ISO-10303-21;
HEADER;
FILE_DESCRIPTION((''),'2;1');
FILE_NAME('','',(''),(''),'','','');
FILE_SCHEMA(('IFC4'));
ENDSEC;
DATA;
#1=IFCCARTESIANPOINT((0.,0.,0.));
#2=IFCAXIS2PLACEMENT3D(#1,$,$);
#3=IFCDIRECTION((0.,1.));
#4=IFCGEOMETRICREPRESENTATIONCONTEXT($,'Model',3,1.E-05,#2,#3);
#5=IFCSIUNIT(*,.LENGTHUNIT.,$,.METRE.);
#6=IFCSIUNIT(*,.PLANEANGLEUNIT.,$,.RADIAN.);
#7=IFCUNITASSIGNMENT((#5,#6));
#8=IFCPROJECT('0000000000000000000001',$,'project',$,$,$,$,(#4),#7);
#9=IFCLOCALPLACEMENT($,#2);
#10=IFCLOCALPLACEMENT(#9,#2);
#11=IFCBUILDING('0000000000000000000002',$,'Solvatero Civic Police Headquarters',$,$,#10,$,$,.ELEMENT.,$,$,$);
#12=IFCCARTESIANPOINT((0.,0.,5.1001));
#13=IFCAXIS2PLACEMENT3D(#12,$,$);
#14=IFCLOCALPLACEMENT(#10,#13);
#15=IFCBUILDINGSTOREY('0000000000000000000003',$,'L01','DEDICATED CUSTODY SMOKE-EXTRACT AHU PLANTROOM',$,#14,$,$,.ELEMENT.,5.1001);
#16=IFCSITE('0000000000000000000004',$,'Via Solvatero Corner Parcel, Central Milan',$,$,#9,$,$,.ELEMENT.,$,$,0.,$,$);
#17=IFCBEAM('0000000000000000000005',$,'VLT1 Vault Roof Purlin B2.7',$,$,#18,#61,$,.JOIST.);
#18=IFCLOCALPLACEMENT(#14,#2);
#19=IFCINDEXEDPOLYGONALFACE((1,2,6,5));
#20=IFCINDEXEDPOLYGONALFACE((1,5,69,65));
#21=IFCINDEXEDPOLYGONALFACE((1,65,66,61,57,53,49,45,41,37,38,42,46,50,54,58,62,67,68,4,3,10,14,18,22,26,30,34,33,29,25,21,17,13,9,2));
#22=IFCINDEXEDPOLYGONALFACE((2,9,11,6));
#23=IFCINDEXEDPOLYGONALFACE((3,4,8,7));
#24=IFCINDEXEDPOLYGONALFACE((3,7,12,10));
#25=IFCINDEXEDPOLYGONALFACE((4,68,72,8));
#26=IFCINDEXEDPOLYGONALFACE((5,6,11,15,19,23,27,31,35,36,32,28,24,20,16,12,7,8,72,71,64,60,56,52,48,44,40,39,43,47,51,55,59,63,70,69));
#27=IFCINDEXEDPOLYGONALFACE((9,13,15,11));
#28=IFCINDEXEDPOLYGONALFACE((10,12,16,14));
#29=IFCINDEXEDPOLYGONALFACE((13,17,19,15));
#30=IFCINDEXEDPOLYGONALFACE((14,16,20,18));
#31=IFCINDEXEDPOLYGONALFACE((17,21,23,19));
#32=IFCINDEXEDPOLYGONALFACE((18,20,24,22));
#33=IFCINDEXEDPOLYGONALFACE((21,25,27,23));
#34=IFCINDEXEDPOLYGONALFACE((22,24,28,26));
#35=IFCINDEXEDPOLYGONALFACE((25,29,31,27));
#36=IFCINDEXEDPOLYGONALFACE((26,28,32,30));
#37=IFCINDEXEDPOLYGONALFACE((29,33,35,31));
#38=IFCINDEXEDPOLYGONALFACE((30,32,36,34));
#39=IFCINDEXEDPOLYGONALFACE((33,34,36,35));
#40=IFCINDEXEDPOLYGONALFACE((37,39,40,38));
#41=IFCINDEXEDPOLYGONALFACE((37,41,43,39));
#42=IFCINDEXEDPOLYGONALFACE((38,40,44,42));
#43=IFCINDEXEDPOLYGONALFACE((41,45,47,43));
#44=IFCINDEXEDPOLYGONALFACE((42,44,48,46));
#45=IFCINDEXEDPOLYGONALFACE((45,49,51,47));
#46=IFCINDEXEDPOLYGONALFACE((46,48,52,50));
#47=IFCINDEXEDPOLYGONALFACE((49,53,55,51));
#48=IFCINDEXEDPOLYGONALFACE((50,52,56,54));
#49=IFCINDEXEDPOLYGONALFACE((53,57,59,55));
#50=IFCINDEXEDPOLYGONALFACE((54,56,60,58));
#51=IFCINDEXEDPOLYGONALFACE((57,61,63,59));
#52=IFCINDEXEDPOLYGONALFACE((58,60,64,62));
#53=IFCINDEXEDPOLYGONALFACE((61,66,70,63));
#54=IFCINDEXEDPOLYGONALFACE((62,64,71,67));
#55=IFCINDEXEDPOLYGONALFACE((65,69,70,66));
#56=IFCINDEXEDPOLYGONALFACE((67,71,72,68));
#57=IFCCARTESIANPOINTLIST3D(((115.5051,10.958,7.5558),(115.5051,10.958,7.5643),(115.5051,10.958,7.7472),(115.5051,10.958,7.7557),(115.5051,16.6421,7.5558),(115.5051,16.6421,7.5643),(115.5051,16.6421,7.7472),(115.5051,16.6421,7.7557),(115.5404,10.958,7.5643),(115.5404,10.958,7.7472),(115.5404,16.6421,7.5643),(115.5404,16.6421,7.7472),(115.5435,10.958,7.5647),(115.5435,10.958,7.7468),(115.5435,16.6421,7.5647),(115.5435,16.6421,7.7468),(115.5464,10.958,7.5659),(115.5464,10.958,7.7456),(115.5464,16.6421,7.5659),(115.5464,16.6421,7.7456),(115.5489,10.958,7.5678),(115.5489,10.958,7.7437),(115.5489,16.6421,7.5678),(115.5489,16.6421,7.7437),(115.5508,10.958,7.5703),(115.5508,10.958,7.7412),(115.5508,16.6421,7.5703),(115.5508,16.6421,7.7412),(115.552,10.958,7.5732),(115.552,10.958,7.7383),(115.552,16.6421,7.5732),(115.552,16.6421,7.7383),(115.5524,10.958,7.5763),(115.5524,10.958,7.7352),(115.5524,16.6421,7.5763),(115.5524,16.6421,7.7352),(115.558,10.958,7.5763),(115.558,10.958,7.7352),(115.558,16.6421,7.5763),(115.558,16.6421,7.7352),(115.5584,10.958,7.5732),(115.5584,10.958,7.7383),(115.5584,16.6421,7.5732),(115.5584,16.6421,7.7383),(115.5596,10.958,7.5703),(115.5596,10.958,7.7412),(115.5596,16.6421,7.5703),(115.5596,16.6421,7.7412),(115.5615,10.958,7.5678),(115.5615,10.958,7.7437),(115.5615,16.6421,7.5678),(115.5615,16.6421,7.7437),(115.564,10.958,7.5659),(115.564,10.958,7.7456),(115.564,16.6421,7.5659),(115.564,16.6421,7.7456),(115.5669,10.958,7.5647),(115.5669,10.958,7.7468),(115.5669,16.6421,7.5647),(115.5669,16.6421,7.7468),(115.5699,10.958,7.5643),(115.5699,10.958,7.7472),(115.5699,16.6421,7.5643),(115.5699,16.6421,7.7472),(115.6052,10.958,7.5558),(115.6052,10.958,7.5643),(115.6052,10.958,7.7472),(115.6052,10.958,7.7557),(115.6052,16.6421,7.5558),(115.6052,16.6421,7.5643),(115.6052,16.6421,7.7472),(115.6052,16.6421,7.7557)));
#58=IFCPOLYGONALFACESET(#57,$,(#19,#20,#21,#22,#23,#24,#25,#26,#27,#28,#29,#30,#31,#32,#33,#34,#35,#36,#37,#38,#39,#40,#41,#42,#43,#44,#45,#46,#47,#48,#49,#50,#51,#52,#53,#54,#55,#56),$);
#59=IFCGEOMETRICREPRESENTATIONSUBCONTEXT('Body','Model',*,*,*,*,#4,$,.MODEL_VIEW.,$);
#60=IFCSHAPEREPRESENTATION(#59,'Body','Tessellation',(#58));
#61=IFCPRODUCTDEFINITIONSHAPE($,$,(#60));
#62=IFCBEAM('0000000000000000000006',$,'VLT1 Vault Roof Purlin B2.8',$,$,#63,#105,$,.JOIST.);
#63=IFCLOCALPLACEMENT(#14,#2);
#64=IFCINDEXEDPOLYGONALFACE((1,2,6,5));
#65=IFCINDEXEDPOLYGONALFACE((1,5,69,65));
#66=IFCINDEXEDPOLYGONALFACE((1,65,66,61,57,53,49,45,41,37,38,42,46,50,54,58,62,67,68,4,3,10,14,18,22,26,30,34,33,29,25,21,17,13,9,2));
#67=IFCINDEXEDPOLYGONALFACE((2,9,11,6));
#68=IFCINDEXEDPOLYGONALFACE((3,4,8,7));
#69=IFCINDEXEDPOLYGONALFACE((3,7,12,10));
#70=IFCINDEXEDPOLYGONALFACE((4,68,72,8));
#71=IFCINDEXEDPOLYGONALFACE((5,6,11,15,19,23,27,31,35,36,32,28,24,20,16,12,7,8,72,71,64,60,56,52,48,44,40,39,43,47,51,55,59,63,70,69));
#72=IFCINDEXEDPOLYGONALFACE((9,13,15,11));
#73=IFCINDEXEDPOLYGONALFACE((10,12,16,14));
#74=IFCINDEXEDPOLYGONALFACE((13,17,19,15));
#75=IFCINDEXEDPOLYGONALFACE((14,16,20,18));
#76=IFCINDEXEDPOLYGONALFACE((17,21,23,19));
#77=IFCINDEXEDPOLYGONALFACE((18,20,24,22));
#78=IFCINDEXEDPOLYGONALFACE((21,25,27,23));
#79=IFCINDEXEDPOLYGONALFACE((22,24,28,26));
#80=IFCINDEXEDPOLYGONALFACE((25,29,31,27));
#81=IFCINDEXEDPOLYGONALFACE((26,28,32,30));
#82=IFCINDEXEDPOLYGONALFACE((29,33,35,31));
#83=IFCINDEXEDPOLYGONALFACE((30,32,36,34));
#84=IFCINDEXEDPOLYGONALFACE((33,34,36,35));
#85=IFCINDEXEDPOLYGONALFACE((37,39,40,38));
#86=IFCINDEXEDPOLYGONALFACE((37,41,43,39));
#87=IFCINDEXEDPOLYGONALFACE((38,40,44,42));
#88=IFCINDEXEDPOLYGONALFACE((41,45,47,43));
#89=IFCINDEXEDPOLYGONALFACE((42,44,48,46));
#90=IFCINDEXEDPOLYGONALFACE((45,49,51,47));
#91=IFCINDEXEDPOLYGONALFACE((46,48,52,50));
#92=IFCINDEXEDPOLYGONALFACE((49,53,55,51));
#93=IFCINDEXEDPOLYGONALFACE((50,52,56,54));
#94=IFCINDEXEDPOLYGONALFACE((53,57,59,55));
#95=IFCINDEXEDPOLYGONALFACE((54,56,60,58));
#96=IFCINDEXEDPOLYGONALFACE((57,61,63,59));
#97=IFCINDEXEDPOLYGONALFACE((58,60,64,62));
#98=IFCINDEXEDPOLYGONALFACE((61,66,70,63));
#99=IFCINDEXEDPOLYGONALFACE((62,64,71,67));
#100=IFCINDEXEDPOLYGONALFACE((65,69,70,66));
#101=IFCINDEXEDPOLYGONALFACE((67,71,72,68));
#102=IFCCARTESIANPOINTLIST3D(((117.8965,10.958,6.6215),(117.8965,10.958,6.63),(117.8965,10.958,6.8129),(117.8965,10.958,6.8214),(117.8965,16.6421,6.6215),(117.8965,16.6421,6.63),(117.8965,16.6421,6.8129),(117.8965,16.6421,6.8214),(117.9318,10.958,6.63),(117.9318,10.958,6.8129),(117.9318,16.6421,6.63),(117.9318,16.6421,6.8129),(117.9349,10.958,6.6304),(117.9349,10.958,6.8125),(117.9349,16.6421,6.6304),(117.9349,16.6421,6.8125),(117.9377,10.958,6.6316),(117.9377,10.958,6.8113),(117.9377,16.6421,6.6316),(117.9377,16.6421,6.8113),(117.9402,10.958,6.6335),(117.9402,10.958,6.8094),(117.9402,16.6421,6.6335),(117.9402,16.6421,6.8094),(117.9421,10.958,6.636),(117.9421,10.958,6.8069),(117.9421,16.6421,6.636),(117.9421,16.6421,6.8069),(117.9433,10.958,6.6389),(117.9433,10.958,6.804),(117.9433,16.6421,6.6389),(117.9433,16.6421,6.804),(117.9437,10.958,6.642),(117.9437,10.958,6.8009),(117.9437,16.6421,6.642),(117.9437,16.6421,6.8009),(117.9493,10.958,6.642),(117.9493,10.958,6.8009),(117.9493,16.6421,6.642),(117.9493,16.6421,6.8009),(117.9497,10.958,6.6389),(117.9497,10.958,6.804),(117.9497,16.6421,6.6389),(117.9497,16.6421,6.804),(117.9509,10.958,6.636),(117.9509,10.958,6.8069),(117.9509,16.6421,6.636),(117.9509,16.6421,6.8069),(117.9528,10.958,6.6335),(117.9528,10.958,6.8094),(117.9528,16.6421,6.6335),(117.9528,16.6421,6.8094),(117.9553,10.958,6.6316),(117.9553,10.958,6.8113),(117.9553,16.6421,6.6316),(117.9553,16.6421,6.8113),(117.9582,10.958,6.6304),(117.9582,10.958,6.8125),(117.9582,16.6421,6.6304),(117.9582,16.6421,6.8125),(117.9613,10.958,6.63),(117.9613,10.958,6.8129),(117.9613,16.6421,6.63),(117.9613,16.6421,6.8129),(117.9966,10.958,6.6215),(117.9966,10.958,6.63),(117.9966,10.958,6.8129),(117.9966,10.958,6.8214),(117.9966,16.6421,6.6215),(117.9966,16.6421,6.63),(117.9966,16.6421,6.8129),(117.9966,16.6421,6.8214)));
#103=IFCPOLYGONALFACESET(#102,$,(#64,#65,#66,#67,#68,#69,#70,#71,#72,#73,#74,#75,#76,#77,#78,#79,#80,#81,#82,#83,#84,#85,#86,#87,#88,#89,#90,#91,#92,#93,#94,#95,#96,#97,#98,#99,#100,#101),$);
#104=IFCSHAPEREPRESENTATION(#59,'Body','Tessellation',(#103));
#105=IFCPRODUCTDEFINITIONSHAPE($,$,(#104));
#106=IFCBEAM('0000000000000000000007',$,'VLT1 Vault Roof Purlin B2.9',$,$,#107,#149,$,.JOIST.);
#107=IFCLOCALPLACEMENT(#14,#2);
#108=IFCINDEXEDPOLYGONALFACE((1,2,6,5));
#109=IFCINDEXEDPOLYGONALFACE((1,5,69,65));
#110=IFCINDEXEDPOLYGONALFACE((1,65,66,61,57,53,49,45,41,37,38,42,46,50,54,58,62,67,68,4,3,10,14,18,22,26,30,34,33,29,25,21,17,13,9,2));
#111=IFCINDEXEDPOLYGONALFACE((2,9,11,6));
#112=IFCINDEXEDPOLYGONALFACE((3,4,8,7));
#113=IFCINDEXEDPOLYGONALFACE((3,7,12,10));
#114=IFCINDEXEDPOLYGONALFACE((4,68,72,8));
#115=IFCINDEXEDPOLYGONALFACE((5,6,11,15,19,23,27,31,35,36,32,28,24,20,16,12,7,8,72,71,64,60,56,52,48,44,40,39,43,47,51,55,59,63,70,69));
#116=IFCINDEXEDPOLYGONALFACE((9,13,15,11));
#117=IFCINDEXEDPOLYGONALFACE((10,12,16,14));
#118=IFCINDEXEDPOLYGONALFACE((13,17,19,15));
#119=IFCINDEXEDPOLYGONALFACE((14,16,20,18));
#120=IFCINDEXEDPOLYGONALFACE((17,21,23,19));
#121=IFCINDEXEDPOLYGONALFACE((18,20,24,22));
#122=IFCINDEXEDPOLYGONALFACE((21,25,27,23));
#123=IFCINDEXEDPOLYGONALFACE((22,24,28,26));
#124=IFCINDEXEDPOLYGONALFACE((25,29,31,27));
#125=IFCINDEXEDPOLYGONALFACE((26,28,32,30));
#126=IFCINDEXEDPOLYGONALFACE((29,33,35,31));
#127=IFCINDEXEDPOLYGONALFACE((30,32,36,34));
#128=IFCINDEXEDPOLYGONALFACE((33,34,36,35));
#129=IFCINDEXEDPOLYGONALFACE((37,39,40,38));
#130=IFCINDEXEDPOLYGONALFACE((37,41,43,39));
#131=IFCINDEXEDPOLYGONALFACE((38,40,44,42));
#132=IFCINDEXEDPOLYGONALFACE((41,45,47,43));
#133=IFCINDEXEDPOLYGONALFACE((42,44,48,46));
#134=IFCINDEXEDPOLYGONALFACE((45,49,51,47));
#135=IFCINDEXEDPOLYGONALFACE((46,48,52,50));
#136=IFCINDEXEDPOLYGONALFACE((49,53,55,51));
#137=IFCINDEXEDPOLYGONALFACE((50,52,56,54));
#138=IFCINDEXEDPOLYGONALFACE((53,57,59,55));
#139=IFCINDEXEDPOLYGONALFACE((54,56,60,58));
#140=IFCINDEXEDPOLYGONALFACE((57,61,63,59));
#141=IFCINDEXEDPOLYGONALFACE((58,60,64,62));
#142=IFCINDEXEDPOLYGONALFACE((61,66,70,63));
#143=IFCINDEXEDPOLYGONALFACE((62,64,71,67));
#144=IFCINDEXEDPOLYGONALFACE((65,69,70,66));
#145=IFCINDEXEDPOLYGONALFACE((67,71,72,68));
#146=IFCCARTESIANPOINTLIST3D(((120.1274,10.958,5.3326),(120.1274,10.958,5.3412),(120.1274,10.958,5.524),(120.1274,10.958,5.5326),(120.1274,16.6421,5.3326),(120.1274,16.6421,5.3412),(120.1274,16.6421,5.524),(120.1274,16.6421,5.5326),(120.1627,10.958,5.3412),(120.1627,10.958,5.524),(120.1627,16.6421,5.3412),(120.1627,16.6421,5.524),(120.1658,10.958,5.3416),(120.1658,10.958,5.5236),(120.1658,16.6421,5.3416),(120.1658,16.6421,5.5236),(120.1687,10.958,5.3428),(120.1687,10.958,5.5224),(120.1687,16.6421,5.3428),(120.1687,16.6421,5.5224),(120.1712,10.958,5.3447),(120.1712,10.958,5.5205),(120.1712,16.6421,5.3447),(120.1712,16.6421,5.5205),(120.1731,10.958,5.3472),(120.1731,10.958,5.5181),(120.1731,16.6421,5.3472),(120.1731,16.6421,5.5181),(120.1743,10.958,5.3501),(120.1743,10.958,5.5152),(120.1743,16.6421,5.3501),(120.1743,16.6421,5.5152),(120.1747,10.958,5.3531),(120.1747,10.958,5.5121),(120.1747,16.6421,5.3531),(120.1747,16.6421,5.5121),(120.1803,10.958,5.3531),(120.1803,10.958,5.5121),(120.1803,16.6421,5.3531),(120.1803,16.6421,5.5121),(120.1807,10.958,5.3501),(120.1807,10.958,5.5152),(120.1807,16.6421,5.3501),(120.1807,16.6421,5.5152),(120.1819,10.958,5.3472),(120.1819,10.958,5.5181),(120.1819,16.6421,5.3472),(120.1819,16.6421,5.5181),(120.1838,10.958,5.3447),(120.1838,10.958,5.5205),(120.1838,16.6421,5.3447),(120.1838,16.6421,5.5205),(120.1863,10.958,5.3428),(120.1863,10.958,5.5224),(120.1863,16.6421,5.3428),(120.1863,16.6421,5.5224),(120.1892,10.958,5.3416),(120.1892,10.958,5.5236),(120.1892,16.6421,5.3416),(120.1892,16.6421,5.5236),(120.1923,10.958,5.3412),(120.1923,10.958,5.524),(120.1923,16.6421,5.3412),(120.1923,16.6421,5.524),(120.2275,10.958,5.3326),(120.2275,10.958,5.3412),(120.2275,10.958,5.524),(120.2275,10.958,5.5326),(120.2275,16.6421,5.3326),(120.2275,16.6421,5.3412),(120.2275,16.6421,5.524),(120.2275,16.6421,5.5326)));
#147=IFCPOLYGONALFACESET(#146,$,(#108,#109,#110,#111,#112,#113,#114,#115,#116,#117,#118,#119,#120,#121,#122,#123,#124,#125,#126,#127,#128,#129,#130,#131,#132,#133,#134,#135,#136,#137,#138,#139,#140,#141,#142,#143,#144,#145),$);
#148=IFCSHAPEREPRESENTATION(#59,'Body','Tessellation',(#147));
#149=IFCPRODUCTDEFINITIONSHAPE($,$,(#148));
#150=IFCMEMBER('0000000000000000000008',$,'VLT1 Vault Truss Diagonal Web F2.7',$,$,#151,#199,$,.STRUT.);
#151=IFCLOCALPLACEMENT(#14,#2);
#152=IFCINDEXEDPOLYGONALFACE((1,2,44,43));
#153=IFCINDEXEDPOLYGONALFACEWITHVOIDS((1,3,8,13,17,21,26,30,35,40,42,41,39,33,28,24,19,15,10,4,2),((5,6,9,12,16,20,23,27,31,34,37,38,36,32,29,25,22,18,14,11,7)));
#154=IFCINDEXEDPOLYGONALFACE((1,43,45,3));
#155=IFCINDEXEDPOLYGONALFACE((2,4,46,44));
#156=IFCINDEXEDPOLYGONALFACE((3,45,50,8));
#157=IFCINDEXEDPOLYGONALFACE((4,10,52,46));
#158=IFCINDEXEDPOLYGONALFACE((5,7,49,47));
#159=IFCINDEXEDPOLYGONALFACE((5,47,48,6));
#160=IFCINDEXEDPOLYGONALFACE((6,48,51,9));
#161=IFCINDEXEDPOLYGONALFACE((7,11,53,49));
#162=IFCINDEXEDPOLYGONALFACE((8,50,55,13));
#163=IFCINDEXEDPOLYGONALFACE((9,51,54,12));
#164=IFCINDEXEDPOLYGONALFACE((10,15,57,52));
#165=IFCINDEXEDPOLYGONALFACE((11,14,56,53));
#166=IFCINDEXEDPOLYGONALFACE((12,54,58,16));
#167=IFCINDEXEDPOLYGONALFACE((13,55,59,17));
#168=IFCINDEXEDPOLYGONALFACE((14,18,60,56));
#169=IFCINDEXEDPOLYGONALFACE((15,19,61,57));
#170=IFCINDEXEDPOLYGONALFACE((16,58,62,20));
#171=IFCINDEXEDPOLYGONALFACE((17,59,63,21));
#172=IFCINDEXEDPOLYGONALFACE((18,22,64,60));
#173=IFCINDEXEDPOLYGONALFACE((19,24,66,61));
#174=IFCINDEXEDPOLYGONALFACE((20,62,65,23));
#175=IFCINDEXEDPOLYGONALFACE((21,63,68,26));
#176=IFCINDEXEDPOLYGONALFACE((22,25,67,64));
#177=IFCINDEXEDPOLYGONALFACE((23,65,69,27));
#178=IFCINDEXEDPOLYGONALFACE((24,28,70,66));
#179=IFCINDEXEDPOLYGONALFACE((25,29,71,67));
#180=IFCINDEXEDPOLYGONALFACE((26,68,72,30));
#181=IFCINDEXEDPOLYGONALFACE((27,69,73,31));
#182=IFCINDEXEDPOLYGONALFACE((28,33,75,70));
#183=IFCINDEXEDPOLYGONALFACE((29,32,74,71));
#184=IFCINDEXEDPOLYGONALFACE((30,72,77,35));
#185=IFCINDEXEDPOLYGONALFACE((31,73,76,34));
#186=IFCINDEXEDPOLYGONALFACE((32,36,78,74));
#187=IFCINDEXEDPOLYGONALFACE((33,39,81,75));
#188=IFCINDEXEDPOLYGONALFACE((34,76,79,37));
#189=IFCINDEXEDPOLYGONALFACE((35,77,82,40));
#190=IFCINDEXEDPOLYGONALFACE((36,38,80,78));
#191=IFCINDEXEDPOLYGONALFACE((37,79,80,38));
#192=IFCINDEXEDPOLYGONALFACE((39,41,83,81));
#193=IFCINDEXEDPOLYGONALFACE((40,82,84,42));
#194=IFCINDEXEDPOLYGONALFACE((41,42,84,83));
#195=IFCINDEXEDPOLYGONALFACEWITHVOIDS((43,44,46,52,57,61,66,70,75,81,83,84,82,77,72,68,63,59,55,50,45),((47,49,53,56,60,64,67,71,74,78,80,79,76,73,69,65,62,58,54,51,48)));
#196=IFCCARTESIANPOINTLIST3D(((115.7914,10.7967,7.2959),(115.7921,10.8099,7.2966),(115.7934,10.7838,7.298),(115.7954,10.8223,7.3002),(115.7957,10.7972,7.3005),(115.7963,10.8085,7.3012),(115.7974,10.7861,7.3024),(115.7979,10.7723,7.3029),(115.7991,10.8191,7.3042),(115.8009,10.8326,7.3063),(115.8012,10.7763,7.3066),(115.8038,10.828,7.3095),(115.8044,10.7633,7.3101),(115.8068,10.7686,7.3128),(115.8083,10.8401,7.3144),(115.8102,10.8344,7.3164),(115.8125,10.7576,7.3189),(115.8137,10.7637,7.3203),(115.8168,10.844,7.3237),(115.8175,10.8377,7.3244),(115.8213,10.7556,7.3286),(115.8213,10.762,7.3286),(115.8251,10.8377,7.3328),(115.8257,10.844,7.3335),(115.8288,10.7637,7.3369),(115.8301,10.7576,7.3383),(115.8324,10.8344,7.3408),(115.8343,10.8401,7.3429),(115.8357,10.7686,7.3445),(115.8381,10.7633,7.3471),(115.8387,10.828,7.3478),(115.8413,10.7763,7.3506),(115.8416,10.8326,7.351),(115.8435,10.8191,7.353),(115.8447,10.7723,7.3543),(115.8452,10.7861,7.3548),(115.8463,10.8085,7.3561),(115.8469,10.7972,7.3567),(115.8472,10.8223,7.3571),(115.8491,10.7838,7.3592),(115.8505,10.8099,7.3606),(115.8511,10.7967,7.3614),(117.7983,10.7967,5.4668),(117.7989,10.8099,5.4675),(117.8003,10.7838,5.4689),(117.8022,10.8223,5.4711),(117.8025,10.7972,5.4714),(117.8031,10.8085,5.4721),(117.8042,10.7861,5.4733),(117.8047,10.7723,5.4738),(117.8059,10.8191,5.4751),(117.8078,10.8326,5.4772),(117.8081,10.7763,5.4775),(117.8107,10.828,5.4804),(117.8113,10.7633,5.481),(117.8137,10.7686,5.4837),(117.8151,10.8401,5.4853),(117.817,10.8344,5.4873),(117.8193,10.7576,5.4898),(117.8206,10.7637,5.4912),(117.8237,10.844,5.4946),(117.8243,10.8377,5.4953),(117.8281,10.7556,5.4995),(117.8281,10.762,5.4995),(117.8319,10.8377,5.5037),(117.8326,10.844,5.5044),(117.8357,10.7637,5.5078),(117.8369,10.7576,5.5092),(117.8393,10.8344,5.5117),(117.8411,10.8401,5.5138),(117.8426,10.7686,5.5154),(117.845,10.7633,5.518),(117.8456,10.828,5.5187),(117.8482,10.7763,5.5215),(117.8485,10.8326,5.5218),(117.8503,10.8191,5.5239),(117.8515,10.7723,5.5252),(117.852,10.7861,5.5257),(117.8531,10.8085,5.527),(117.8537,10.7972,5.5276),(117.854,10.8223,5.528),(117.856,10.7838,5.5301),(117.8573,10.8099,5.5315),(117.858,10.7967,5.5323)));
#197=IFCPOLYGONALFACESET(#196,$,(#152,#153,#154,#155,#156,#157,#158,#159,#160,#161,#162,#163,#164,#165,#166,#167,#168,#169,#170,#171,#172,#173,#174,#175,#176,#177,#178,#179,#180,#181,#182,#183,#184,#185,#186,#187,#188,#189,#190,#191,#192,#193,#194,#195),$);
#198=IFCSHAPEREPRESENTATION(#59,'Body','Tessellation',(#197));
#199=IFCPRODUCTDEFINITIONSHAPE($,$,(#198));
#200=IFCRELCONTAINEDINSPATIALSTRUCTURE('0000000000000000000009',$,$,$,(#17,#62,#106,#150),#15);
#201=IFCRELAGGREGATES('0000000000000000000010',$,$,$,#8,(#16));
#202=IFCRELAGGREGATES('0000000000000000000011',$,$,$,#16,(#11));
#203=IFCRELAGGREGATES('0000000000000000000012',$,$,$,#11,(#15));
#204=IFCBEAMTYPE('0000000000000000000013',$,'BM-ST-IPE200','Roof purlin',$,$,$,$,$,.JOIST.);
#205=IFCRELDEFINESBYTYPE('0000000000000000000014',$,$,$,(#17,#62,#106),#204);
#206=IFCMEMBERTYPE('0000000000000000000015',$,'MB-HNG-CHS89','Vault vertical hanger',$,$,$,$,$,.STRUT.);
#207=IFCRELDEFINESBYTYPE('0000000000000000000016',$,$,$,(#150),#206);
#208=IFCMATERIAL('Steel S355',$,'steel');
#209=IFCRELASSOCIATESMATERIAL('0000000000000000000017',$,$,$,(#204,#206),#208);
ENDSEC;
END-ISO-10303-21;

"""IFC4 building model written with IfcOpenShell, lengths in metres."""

from ifc_helpers import new_model, si_unit, direction, frame, origin, origin_2d, place, context, subcontext, project, spatial, hollow_circle, i_section, extrude, material, material_profile, profile_set, type_object, element, save


model = new_model("IFC4")

# Units and contexts
model_context = context("Model", 3, precision=1e-05, world=origin(), true_north=direction((0.0, 1.0)))
body_context = subcontext(model_context, "Body", "Model", "MODEL_VIEW")
ifc_project = project(units=[si_unit("LENGTHUNIT", "METRE"), si_unit("PLANEANGLEUNIT", "RADIAN")], contexts=[model_context])

# Site, building, storey
site_placement = place(None, origin())
site = spatial("IfcSite", under=ifc_project, at=site_placement, Name="Via Solvatero Corner Parcel, Central Milan", CompositionType="ELEMENT", RefElevation=0.0)
building_placement = place(site_placement, origin())
building = spatial("IfcBuilding", under=site, at=building_placement, Name="Solvatero Civic Police Headquarters", CompositionType="ELEMENT")
storey_placement = place(building_placement, frame((0.0, 0.0, 5.1001)))
storey = spatial("IfcBuildingStorey", under=building, at=storey_placement, Name="L01", Description="DEDICATED CUSTODY SMOKE-EXTRACT AHU PLANTROOM", CompositionType="ELEMENT", Elevation=5.1001)

# Beams
ifc_material_1 = material(Name="Steel S355", Category="steel")
ifc_material_profile_1 = material_profile(ifc_material_1, i_section(OverallWidth=0.1001, OverallDepth=0.2, WebThickness=0.0056, FlangeThickness=0.0085, FilletRadius=0.012, at=origin_2d()), Name="IPE 200")
ifc_profile_set_1 = profile_set([ifc_material_profile_1], Name="Steel S355")
beam_type_1 = type_object("IfcBeamType", Name="BM-ST-IPE200", Description="Roof purlin", PredefinedType="JOIST", material=ifc_profile_set_1)
for number, where, z_axis, x_axis, name in (
    (1, (115.5552, 10.958, 7.6558), (0.0, 1.0, 0.0), (-1.0, 0.0, 0.0), "VLT1 Vault Roof Purlin B2.7"),
    (2, (117.9465, 10.958, 6.7214), (0.0, 1.0, 0.0), (-1.0, 0.0, 0.0), "VLT1 Vault Roof Purlin B2.8"),
    (3, (120.1775, 10.958, 5.4326), (0.0, 1.0, 0.0), (-1.0, 0.0, 0.0), "VLT1 Vault Roof Purlin B2.9"),
):
    element("IfcBeam", number, at=place(storey_placement, frame(where, z_axis=z_axis, x_axis=x_axis)), inside=storey, type_object=beam_type_1, Name=name, PredefinedType="JOIST", context=body_context, shape_type="SweptSolid", body=[
        extrude(i_section(OverallWidth=0.1001, OverallDepth=0.2, WebThickness=0.0056, FlangeThickness=0.0085, FilletRadius=0.012, at=origin_2d()), origin(), (0.0, 0.0, 1.0), 5.6841),
    ])

# Member
ifc_material_profile_2 = material_profile(ifc_material_1, hollow_circle(Radius=0.0444, WallThickness=0.0063, at=origin_2d()), Name="CHS 88.9x6.3")
ifc_profile_set_2 = profile_set([ifc_material_profile_2], Name="Steel S355")
member_type_1 = type_object("IfcMemberType", Name="MB-HNG-CHS89", Description="Vault vertical hanger", PredefinedType="STRUT", material=ifc_profile_set_2)
member_1_placement = place(storey_placement, frame((117.8281, 10.8, 5.4995), z_axis=(-0.739077, 0.0, 0.673621), x_axis=(0.0, -1.0, 0.0)))
element("IfcMember", 4, at=member_1_placement, inside=storey, type_object=member_type_1, Name="VLT1 Vault Truss Diagonal Web F2.7", PredefinedType="STRUT", context=body_context, shape_type="SweptSolid", body=[
    extrude(hollow_circle(Radius=0.0444, WallThickness=0.0063, at=origin_2d()), origin(), (0.0, 0.0, 1.0), 2.7153),
])

save(model, "model.ifc")
